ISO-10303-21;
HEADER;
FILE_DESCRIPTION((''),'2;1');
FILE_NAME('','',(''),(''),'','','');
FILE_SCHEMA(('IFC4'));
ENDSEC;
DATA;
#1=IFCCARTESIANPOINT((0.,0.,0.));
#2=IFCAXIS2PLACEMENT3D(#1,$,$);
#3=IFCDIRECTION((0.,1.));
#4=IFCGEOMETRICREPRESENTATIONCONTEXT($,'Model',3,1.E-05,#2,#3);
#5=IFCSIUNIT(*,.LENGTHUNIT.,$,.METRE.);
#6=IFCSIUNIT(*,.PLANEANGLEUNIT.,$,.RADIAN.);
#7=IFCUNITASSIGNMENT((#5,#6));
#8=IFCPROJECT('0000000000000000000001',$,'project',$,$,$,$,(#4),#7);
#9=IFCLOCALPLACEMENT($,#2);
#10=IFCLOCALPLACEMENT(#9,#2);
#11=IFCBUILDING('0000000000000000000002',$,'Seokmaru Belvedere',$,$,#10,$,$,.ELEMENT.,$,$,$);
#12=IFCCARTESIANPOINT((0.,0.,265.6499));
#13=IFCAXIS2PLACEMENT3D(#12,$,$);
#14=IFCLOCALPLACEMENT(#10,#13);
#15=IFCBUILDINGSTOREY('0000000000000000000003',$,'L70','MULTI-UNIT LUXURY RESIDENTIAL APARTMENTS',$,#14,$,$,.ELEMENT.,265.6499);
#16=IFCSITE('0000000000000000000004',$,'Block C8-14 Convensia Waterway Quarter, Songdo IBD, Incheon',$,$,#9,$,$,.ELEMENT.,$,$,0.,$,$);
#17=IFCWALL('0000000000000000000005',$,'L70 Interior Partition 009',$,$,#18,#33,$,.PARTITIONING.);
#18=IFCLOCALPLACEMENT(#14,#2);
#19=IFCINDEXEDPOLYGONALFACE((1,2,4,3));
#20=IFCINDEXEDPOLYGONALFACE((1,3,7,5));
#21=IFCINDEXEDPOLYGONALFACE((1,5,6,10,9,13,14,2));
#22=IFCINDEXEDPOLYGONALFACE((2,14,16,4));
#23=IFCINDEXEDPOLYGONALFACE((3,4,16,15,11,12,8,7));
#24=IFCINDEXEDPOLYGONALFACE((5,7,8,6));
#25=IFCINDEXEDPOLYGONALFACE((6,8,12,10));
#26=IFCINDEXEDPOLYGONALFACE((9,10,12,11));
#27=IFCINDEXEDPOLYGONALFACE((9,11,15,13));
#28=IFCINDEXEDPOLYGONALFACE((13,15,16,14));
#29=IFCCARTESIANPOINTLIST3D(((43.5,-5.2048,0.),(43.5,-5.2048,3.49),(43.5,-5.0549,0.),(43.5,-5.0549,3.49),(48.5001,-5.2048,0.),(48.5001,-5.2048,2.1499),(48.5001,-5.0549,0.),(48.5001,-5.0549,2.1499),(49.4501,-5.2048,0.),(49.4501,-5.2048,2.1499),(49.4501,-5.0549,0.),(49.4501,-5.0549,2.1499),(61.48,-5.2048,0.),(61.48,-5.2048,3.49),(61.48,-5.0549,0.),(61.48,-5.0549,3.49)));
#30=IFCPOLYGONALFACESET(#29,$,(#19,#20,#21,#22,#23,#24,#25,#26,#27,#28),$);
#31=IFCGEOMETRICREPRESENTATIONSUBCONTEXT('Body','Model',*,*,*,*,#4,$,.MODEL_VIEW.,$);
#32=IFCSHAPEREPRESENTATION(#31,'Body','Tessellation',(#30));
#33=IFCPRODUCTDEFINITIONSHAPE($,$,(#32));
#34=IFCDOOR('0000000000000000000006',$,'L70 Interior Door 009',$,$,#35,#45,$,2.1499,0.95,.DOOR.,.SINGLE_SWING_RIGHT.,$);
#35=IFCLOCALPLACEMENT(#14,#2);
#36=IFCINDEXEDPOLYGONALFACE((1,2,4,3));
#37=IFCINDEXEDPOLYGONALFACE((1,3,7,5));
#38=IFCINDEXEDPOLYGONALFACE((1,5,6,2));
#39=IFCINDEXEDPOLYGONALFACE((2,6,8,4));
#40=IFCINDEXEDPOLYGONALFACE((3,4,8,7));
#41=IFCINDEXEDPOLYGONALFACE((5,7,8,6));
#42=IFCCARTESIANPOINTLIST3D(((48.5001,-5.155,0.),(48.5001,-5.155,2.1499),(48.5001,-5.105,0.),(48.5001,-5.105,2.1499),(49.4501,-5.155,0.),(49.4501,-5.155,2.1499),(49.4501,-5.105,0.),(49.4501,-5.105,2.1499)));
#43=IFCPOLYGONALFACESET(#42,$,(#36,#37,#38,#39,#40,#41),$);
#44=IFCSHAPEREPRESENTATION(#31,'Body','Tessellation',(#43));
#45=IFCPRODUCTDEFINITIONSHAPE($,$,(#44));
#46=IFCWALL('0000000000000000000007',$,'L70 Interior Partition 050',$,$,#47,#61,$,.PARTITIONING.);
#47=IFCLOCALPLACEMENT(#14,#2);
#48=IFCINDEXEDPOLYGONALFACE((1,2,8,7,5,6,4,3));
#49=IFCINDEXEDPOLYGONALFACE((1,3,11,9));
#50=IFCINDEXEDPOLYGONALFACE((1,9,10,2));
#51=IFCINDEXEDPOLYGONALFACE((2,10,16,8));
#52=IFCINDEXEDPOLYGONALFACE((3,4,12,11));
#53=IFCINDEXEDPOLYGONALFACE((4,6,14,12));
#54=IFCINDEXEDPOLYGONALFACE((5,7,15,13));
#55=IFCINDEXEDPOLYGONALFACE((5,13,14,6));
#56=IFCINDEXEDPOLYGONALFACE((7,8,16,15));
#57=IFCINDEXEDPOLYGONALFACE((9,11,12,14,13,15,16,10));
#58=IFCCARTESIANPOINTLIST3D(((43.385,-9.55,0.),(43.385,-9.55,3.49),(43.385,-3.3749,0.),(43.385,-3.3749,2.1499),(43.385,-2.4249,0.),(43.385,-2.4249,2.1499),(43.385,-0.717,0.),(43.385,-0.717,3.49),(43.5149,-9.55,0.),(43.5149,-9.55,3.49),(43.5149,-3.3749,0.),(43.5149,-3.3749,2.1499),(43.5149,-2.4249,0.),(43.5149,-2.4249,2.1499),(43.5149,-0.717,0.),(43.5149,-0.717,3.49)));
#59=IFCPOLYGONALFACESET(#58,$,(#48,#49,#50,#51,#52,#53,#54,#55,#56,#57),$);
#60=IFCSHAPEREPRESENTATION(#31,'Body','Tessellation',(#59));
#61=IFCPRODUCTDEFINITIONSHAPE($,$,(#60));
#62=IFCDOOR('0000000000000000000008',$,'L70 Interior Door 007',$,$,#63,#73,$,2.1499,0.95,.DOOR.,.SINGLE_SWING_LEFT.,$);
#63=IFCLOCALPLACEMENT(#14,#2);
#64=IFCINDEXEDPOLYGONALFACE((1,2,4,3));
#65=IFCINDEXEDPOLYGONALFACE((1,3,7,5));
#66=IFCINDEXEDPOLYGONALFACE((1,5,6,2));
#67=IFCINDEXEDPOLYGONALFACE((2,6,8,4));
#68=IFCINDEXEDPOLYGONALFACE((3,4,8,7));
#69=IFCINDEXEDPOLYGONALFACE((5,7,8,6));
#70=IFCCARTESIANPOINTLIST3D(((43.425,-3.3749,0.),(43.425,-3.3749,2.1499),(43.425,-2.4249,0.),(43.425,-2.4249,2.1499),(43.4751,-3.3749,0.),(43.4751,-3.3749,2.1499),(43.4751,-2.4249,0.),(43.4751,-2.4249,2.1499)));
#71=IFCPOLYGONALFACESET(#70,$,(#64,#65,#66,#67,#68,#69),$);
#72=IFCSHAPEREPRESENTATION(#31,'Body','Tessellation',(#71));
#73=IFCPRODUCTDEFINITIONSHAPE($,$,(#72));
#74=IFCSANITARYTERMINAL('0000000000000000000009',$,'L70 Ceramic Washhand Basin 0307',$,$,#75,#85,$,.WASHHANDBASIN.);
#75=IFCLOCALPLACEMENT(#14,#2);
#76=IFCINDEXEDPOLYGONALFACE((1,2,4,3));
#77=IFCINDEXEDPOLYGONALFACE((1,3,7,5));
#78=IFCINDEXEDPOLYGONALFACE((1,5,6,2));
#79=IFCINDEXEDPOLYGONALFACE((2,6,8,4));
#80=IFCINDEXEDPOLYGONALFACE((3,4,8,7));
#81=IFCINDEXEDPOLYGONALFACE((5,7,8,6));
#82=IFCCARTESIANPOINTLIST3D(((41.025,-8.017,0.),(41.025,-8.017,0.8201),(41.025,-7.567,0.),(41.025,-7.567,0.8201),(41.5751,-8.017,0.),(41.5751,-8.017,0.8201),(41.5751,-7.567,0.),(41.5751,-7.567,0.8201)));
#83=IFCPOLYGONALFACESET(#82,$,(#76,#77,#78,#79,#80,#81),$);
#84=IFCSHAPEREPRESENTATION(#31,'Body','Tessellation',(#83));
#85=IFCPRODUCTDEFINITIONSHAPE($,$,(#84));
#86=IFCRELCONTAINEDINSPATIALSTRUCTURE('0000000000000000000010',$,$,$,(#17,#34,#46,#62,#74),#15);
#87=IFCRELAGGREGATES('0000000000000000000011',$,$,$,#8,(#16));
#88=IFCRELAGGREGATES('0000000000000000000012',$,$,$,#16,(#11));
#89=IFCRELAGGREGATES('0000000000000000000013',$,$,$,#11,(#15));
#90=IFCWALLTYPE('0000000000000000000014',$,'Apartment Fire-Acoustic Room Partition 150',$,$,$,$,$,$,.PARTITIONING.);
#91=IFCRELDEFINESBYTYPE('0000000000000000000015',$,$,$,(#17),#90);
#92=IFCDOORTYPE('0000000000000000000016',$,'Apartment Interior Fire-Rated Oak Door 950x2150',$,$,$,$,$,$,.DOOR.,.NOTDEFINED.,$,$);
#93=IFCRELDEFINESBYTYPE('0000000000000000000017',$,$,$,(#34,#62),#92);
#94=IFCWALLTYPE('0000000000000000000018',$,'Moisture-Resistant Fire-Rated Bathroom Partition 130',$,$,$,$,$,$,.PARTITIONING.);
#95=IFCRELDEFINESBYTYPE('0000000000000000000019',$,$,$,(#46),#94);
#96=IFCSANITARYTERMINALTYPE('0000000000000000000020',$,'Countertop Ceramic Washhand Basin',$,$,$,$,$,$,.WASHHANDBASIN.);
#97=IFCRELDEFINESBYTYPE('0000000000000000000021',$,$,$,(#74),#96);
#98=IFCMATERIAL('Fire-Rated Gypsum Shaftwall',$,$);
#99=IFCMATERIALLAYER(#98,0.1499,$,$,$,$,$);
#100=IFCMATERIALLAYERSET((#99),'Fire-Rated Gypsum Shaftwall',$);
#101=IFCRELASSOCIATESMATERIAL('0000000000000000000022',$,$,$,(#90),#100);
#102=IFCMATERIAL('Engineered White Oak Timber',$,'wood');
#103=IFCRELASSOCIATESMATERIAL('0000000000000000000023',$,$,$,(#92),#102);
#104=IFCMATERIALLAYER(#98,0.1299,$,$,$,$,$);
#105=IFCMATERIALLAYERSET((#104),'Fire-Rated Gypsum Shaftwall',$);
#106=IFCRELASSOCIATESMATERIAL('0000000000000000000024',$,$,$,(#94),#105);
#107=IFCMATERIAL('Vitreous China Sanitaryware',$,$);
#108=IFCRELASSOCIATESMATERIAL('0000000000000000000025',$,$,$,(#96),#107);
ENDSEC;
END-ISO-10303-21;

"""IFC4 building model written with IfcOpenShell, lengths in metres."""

from ifc_helpers import new_model, si_unit, direction, frame, frame_2d, origin, origin_2d, place, context, subcontext, project, spatial, rectangle, extrude, source, transform, mapped, material, layer, layer_set, type_object, type_shapes, element, fill, save


model = new_model("IFC4")

# Units and contexts
model_context = context("Model", 3, precision=1e-05, world=origin(), true_north=direction((0.0, 1.0)))
body_context = subcontext(model_context, "Body", "Model", "MODEL_VIEW")
ifc_project = project(units=[si_unit("LENGTHUNIT", "METRE"), si_unit("PLANEANGLEUNIT", "RADIAN")], contexts=[model_context])

# Site, building, storey
site_placement = place(None, origin())
site = spatial("IfcSite", under=ifc_project, at=site_placement, Name="Block C8-14 Convensia Waterway Quarter, Songdo IBD, Incheon", CompositionType="ELEMENT", RefElevation=0.0)
building_placement = place(site_placement, origin())
building = spatial("IfcBuilding", under=site, at=building_placement, Name="Seokmaru Belvedere", CompositionType="ELEMENT")
storey_placement = place(building_placement, frame((0.0, 0.0, 265.6499)))
storey = spatial("IfcBuildingStorey", under=building, at=storey_placement, Name="L70", Description="MULTI-UNIT LUXURY RESIDENTIAL APARTMENTS", CompositionType="ELEMENT", Elevation=265.6499)

# Walls, openings, doors
ifc_material_1 = material(Name="Fire-Rated Gypsum Shaftwall")
ifc_layer_1 = layer(ifc_material_1, 0.1499)
ifc_layer_set_1 = layer_set([ifc_layer_1], Name="Fire-Rated Gypsum Shaftwall")
wall_type_1 = type_object("IfcWallType", Name="Apartment Fire-Acoustic Room Partition 150", PredefinedType="PARTITIONING", material=ifc_layer_set_1)
wall_1_placement = place(storey_placement, frame((43.5, -5.1299, 0.0), z_axis=(0.0, 0.0, 1.0), x_axis=(1.0, 0.0, 0.0)))
wall_1 = element("IfcWall", 1, at=wall_1_placement, inside=storey, type_object=wall_type_1, Name="L70 Interior Partition 009", PredefinedType="PARTITIONING", context=body_context, shape_type="SweptSolid", body=[
    extrude(rectangle(XDim=17.98, YDim=0.1499, at=frame_2d((8.99, 0.0))), origin(), (0.0, 0.0, 1.0), 3.49),
])
opening_1_placement = place(wall_1_placement, frame((5.0, 0.0, 0.0)))
opening_1 = element("IfcOpeningElement", 2, at=opening_1_placement, cuts=wall_1, PredefinedType="OPENING", context=body_context, shape_type="SweptSolid", body=[
    extrude(rectangle(XDim=0.95, YDim=2.1499, at=frame_2d((0.4751, 1.075))), frame((0.0, 0.085, 0.0), z_axis=(0.0, -1.0, 0.0), x_axis=(1.0, 0.0, 0.0)), (0.0, 0.0, 1.0), 0.1699),
])
ifc_material_2 = material(Name="Engineered White Oak Timber", Category="wood")
door_type = type_object("IfcDoorType", Name="Apartment Interior Fire-Rated Oak Door 950x2150", OperationType="NOTDEFINED", PredefinedType="DOOR", material=ifc_material_2)
shared_shape_1 = source(origin(), body_context, "Body", "SweptSolid", [
    extrude(rectangle(XDim=0.95, YDim=2.1499, at=frame_2d((0.4751, 1.075))), frame((0.0, 0.0249, 0.0), z_axis=(0.0, -1.0, 0.0), x_axis=(1.0, 0.0, 0.0)), (0.0, 0.0, 1.0), 0.05),
])
type_shapes(door_type, [shared_shape_1])
door_1_placement = place(opening_1_placement, origin())
door_1 = element("IfcDoor", 3, at=door_1_placement, inside=storey, type_object=door_type, Name="L70 Interior Door 009", OperationType="SINGLE_SWING_RIGHT", OverallHeight=2.1499, OverallWidth=0.95, PredefinedType="DOOR", context=body_context, shape_type="MappedRepresentation", body=[
    mapped(shared_shape_1, transform((0.0, 0.0, 0.0), scale=1.0)),
])
fill(opening_1, door_1)
ifc_layer_2 = layer(ifc_material_1, 0.1299)
ifc_layer_set_2 = layer_set([ifc_layer_2], Name="Fire-Rated Gypsum Shaftwall")
wall_type_2 = type_object("IfcWallType", Name="Moisture-Resistant Fire-Rated Bathroom Partition 130", PredefinedType="PARTITIONING", material=ifc_layer_set_2)
wall_2_placement = place(storey_placement, frame((43.45, -9.55, 0.0), z_axis=(0.0, 0.0, 1.0), x_axis=(0.0, 1.0, 0.0)))
wall_2 = element("IfcWall", 4, at=wall_2_placement, inside=storey, type_object=wall_type_2, Name="L70 Interior Partition 050", PredefinedType="PARTITIONING", context=body_context, shape_type="SweptSolid", body=[
    extrude(rectangle(XDim=8.833, YDim=0.1299, at=frame_2d((4.4165, 0.0))), origin(), (0.0, 0.0, 1.0), 3.49),
])
opening_2_placement = place(wall_2_placement, frame((6.175, 0.0, 0.0)))
opening_2 = element("IfcOpeningElement", 5, at=opening_2_placement, cuts=wall_2, PredefinedType="OPENING", context=body_context, shape_type="SweptSolid", body=[
    extrude(rectangle(XDim=0.95, YDim=2.1499, at=frame_2d((0.4751, 1.075))), frame((0.0, 0.075, 0.0), z_axis=(0.0, -1.0, 0.0), x_axis=(1.0, 0.0, 0.0)), (0.0, 0.0, 1.0), 0.1499),
])
door_2_placement = place(opening_2_placement, origin())
door_2 = element("IfcDoor", 6, at=door_2_placement, inside=storey, type_object=door_type, Name="L70 Interior Door 007", OperationType="SINGLE_SWING_LEFT", OverallHeight=2.1499, OverallWidth=0.95, PredefinedType="DOOR", context=body_context, shape_type="MappedRepresentation", body=[
    mapped(shared_shape_1, transform((0.0, 0.0, 0.0), scale=1.0)),
])
fill(opening_2, door_2)

# Sanitary terminal
ifc_material_3 = material(Name="Vitreous China Sanitaryware")
sanitary_terminal_type = type_object("IfcSanitaryTerminalType", Name="Countertop Ceramic Washhand Basin", PredefinedType="WASHHANDBASIN", material=ifc_material_3)
shared_shape_2 = source(origin(), body_context, "Body", "SweptSolid", [
    extrude(rectangle(XDim=0.55, YDim=0.45, at=origin_2d()), origin(), (0.0, 0.0, 1.0), 0.8201),
])
type_shapes(sanitary_terminal_type, [shared_shape_2])
sanitary_terminal_placement = place(storey_placement, frame((41.3, -7.792, 0.0), z_axis=(0.0, 0.0, 1.0), x_axis=(1.0, 0.0, 0.0)))
element("IfcSanitaryTerminal", 7, at=sanitary_terminal_placement, inside=storey, type_object=sanitary_terminal_type, Name="L70 Ceramic Washhand Basin 0307", PredefinedType="WASHHANDBASIN", context=body_context, shape_type="MappedRepresentation", body=[
    mapped(shared_shape_2, transform((0.0, 0.0, 0.0), scale=1.0)),
])

save(model, "model.ifc")
